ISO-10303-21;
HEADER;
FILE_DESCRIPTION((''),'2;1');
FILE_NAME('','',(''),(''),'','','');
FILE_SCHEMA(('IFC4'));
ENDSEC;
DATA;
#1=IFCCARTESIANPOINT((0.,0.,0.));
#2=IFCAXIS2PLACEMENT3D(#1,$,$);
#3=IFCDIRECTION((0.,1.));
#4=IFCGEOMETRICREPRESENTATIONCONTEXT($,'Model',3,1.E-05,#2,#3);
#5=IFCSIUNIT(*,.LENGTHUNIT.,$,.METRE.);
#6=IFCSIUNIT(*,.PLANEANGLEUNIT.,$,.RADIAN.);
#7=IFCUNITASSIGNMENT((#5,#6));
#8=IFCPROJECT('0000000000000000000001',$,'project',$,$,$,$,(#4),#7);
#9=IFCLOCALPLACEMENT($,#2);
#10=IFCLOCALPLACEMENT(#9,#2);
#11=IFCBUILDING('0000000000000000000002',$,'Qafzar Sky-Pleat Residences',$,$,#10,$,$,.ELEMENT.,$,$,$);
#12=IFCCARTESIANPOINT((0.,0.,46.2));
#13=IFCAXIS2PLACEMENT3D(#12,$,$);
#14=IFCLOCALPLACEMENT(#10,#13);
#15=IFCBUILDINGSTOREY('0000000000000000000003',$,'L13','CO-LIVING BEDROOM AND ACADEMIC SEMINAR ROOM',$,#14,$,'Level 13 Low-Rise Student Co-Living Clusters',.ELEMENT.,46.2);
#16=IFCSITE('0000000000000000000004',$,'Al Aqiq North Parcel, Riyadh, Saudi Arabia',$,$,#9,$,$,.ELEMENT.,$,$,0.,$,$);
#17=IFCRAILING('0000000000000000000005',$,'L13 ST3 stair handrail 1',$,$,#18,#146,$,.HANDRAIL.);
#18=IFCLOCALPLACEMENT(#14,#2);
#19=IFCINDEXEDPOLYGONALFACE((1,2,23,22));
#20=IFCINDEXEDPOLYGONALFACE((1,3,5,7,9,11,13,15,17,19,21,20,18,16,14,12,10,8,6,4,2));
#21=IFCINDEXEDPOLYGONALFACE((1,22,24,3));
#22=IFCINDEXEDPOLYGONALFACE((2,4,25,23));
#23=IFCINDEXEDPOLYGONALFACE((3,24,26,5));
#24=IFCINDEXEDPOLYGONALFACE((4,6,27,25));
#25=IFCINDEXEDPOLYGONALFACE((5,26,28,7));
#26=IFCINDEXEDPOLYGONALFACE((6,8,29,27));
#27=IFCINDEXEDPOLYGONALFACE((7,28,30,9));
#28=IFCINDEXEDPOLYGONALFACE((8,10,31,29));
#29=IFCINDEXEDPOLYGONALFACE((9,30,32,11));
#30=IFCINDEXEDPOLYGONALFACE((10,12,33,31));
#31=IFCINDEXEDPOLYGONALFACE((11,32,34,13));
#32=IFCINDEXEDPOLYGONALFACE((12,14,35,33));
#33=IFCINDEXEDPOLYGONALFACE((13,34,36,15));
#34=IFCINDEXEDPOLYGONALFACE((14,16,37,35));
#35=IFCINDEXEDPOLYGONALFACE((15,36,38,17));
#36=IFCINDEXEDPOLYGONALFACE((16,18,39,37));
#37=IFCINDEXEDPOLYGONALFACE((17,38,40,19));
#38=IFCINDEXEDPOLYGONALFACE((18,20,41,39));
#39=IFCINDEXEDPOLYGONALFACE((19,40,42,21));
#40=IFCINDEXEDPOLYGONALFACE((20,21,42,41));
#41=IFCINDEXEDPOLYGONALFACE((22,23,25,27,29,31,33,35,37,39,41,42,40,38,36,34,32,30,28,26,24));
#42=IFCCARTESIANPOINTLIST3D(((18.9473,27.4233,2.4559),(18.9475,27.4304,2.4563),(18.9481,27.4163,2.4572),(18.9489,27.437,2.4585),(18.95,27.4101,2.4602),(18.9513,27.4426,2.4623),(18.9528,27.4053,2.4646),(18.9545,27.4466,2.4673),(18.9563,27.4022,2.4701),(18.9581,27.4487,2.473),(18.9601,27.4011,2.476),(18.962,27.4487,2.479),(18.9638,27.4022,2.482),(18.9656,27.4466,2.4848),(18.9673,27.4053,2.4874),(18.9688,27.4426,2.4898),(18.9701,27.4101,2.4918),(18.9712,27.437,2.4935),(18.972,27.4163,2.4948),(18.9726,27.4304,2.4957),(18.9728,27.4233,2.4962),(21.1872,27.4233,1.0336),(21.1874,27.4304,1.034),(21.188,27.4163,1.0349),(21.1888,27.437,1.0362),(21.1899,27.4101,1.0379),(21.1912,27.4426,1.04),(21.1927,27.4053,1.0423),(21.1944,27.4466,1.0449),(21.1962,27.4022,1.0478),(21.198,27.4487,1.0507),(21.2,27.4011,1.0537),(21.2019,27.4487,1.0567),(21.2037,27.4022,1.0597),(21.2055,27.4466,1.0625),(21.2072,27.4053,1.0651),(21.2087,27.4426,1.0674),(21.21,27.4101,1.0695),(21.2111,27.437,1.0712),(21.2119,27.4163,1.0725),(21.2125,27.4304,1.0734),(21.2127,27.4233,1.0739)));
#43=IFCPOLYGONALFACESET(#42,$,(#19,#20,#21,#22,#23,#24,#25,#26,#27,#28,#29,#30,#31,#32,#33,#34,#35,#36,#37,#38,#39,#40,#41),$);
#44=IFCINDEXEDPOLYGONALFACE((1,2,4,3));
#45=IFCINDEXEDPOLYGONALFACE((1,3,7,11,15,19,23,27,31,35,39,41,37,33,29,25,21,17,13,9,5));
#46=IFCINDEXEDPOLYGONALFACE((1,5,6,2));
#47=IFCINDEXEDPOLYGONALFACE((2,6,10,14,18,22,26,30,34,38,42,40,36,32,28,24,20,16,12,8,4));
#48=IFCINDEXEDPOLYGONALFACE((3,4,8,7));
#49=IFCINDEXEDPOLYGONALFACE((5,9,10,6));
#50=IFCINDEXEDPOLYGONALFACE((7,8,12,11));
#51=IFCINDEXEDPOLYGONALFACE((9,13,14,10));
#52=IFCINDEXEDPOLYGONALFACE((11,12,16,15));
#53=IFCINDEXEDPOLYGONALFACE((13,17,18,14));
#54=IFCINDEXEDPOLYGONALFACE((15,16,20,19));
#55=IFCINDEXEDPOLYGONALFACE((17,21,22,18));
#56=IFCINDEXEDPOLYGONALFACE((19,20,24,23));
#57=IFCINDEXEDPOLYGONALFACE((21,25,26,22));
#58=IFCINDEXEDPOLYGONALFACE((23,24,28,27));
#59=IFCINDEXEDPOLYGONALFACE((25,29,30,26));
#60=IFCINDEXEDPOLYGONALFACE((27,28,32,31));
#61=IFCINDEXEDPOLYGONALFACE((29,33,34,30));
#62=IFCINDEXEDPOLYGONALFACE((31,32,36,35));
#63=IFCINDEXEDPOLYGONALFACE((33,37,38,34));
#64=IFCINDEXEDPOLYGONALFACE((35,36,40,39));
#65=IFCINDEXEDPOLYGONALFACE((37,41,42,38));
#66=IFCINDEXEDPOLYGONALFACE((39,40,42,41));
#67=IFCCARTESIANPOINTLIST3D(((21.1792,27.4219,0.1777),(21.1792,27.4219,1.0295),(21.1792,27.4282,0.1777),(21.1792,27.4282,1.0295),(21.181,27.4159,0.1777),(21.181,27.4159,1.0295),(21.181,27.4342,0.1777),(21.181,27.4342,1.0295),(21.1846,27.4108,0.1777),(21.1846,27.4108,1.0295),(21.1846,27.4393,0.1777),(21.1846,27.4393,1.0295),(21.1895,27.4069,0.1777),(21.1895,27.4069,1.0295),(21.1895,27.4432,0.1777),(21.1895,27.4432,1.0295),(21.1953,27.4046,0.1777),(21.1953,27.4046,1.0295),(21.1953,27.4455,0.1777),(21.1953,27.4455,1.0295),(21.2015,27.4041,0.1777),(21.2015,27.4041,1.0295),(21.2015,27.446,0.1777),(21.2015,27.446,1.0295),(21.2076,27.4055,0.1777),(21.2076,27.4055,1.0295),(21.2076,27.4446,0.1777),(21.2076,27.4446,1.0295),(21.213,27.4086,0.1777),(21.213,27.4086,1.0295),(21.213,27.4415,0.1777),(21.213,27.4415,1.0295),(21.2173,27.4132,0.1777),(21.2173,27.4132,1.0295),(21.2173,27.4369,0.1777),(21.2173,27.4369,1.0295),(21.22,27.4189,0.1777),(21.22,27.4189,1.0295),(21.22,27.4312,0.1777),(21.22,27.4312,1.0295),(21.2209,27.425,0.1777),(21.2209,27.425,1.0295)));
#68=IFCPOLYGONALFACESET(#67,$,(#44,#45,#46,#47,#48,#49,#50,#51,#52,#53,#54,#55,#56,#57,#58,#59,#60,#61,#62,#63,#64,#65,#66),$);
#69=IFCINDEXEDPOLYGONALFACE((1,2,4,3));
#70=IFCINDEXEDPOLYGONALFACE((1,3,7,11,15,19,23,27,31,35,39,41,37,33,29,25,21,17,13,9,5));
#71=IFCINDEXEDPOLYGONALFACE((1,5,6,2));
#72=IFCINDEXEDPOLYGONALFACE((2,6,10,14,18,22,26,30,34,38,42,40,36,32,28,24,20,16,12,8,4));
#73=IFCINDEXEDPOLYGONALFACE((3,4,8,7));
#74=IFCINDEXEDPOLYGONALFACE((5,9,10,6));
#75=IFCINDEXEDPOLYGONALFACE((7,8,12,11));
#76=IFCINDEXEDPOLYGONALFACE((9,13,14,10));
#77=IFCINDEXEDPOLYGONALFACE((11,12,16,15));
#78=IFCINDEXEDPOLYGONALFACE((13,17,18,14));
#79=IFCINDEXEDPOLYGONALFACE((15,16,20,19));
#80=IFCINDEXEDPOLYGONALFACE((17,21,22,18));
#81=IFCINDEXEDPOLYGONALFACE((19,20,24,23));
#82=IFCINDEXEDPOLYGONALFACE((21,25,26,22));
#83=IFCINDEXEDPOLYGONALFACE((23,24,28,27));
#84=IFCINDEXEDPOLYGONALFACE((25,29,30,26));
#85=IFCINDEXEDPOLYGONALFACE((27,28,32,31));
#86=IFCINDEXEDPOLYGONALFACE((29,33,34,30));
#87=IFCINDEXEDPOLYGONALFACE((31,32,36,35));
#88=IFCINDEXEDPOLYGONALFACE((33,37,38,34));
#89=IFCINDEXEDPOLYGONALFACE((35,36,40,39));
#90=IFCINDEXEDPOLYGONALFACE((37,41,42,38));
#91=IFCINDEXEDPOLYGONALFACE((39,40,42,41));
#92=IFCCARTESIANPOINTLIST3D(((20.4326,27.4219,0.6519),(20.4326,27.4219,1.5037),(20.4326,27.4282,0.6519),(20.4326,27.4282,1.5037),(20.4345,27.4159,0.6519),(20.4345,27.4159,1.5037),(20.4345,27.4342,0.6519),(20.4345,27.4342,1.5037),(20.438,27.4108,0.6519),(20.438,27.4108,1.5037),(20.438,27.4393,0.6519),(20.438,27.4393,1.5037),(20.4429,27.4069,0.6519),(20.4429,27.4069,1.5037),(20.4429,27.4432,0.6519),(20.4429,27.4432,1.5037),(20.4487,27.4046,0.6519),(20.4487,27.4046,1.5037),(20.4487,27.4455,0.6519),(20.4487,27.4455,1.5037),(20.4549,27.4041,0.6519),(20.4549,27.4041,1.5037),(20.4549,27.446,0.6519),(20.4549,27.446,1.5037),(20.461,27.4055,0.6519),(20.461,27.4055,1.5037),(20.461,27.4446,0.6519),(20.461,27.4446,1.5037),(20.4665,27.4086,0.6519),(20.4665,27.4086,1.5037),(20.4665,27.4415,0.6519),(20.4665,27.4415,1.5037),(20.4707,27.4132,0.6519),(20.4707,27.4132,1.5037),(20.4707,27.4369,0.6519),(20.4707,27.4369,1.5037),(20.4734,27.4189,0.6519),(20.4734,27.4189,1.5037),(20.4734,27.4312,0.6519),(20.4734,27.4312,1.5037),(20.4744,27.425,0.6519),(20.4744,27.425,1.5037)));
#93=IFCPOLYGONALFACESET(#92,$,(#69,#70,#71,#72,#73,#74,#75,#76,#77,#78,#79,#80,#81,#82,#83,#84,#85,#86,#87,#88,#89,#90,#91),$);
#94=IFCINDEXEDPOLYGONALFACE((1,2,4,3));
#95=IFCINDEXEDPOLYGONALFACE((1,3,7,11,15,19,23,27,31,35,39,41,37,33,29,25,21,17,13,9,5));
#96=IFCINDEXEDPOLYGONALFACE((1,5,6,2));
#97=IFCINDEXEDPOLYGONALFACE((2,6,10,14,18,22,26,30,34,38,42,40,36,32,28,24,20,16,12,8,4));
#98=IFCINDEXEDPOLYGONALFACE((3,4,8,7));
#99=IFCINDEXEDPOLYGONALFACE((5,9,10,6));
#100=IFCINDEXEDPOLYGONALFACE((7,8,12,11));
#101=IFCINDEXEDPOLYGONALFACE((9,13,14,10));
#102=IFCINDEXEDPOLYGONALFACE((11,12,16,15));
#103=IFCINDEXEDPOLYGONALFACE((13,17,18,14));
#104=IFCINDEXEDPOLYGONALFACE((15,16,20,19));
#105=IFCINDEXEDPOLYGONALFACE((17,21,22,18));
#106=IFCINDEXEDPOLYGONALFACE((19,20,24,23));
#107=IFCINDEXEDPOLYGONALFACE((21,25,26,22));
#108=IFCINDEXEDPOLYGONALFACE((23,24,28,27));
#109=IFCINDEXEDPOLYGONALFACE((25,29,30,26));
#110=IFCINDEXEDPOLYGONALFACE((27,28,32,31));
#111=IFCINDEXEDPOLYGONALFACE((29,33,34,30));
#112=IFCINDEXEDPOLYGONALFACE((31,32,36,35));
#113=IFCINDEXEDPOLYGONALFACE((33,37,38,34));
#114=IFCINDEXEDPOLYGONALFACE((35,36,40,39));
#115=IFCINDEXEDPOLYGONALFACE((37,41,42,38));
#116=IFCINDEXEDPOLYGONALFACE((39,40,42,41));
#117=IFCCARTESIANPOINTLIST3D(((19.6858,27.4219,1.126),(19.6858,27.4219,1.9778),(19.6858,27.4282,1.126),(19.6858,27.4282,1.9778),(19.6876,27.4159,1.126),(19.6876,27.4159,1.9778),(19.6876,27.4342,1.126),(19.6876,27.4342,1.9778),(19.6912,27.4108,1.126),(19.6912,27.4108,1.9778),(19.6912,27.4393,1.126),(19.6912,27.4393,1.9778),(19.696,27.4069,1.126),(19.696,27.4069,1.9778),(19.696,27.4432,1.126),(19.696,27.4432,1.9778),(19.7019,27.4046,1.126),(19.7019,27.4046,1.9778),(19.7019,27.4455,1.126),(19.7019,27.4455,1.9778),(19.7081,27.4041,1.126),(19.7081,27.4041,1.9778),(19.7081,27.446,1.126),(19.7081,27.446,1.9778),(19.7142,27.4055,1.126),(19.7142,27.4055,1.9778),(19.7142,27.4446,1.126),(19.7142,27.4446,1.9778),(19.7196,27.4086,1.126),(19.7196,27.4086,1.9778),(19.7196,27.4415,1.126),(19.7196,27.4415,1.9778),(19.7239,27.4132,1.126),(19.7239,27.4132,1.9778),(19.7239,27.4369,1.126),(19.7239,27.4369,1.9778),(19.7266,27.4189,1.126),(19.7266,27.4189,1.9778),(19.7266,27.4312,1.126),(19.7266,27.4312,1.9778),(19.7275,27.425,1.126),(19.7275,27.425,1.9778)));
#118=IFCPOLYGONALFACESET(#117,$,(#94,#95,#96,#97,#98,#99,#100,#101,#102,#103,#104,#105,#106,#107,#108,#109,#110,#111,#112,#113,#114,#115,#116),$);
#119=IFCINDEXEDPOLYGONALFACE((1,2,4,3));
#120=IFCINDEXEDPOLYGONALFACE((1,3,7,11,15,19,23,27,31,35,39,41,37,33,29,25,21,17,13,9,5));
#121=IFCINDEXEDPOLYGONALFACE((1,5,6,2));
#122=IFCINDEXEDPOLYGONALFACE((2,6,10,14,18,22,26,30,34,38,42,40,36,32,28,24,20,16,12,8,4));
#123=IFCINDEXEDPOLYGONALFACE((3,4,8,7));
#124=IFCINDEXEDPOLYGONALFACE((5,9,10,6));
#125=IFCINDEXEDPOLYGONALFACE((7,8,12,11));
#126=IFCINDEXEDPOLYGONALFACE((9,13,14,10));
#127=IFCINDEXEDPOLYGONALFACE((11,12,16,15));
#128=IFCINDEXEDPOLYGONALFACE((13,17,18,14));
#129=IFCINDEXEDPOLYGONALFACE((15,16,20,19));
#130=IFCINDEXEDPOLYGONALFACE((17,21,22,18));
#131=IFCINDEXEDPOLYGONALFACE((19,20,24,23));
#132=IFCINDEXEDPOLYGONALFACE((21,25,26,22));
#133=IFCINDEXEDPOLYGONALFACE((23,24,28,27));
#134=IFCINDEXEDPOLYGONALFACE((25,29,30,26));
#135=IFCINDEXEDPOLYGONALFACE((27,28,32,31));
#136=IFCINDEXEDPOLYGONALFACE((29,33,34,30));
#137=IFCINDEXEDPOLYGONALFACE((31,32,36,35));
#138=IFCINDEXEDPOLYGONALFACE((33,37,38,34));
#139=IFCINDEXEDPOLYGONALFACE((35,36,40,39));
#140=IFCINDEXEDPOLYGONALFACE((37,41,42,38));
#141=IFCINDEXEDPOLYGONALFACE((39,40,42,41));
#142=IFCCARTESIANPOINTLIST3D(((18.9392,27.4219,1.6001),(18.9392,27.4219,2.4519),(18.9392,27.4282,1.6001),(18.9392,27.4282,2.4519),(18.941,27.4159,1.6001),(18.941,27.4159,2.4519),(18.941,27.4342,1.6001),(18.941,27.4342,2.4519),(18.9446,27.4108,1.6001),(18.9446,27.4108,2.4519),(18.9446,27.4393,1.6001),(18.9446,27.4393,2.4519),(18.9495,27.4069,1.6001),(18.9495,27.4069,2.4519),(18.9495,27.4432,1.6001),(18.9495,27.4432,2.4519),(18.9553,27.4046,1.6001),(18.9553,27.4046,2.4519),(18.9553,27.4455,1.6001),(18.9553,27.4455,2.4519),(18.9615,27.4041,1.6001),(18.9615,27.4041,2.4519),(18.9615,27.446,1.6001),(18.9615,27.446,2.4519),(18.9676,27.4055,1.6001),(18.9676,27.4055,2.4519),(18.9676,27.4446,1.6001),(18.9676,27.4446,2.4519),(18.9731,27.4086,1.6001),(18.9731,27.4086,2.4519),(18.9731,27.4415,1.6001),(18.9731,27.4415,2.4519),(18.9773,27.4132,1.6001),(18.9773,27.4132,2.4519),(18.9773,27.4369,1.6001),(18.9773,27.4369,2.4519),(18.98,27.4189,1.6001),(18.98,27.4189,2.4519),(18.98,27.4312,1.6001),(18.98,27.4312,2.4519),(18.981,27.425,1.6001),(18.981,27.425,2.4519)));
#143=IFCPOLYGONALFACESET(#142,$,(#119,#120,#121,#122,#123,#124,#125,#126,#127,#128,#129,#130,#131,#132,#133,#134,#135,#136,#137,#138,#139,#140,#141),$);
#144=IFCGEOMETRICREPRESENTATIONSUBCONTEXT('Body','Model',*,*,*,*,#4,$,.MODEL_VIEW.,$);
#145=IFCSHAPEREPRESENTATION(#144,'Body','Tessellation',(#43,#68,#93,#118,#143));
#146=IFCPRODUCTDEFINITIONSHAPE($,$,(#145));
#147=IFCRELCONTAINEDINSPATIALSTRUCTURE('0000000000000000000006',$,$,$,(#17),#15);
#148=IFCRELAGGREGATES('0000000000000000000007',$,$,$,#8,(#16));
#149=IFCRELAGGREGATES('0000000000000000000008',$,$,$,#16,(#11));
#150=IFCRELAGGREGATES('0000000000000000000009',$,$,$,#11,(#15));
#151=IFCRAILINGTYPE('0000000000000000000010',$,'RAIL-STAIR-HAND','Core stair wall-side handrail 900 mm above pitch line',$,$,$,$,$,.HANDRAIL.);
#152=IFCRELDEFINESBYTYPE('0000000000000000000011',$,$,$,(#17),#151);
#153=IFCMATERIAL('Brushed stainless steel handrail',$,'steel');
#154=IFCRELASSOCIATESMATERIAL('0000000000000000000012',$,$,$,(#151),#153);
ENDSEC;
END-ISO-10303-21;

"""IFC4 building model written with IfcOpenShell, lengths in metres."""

from ifc_helpers import new_model, si_unit, direction, frame, origin, origin_2d, place, context, subcontext, project, spatial, circle, extrude, source, transform, mapped, material, type_object, element, save


model = new_model("IFC4")

# Units and contexts
model_context = context("Model", 3, precision=1e-05, world=origin(), true_north=direction((0.0, 1.0)))
body_context = subcontext(model_context, "Body", "Model", "MODEL_VIEW")
ifc_project = project(units=[si_unit("LENGTHUNIT", "METRE"), si_unit("PLANEANGLEUNIT", "RADIAN")], contexts=[model_context])

# Site, building, storey
site_placement = place(None, origin())
site = spatial("IfcSite", under=ifc_project, at=site_placement, Name="Al Aqiq North Parcel, Riyadh, Saudi Arabia", CompositionType="ELEMENT", RefElevation=0.0)
building_placement = place(site_placement, origin())
building = spatial("IfcBuilding", under=site, at=building_placement, Name="Qafzar Sky-Pleat Residences", CompositionType="ELEMENT")
storey_placement = place(building_placement, frame((0.0, 0.0, 46.2)))
storey = spatial("IfcBuildingStorey", under=building, at=storey_placement, Name="L13", Description="CO-LIVING BEDROOM AND ACADEMIC SEMINAR ROOM", LongName="Level 13 Low-Rise Student Co-Living Clusters", CompositionType="ELEMENT", Elevation=46.2)

# Railing
ifc_material_1 = material(Name="Brushed stainless steel handrail", Category="steel")
railing_type_1 = type_object("IfcRailingType", Name="RAIL-STAIR-HAND", Description="Core stair wall-side handrail 900 mm above pitch line", PredefinedType="HANDRAIL", material=ifc_material_1)
shared_shape_1 = source(origin(), body_context, "Body", "SweptSolid", [
    extrude(circle(Radius=0.0239, at=origin_2d()), frame((0.0, 0.0, 0.876), z_axis=(-0.844188, 0.0, 0.536048), x_axis=(0.0, -1.0, 0.0)), (0.0, 0.0, 1.0), 2.6533),
    extrude(circle(Radius=0.021, at=origin_2d()), origin(), (0.0, 0.0, 1.0), 0.8518),
    extrude(circle(Radius=0.021, at=origin_2d()), frame((-0.7466, 0.0, 0.4741)), (0.0, 0.0, 1.0), 0.8518),
    extrude(circle(Radius=0.021, at=origin_2d()), frame((-1.4934, 0.0, 0.9482)), (0.0, 0.0, 1.0), 0.8518),
    extrude(circle(Radius=0.021, at=origin_2d()), frame((-2.24, 0.0, 1.4224)), (0.0, 0.0, 1.0), 0.8518),
])
railing_1_placement = place(storey_placement, frame((21.2, 27.425, 0.1777)))
element("IfcRailing", 1, at=railing_1_placement, inside=storey, type_object=railing_type_1, Name="L13 ST3 stair handrail 1", PredefinedType="HANDRAIL", context=body_context, shape_type="MappedRepresentation", body=[
    mapped(shared_shape_1, transform((0.0, 0.0, 0.0), x_axis=(1.0, 0.0, 0.0), y_axis=(0.0, 1.0, 0.0), z_axis=(0.0, 0.0, 1.0), scale=1.0)),
])

save(model, "model.ifc")
